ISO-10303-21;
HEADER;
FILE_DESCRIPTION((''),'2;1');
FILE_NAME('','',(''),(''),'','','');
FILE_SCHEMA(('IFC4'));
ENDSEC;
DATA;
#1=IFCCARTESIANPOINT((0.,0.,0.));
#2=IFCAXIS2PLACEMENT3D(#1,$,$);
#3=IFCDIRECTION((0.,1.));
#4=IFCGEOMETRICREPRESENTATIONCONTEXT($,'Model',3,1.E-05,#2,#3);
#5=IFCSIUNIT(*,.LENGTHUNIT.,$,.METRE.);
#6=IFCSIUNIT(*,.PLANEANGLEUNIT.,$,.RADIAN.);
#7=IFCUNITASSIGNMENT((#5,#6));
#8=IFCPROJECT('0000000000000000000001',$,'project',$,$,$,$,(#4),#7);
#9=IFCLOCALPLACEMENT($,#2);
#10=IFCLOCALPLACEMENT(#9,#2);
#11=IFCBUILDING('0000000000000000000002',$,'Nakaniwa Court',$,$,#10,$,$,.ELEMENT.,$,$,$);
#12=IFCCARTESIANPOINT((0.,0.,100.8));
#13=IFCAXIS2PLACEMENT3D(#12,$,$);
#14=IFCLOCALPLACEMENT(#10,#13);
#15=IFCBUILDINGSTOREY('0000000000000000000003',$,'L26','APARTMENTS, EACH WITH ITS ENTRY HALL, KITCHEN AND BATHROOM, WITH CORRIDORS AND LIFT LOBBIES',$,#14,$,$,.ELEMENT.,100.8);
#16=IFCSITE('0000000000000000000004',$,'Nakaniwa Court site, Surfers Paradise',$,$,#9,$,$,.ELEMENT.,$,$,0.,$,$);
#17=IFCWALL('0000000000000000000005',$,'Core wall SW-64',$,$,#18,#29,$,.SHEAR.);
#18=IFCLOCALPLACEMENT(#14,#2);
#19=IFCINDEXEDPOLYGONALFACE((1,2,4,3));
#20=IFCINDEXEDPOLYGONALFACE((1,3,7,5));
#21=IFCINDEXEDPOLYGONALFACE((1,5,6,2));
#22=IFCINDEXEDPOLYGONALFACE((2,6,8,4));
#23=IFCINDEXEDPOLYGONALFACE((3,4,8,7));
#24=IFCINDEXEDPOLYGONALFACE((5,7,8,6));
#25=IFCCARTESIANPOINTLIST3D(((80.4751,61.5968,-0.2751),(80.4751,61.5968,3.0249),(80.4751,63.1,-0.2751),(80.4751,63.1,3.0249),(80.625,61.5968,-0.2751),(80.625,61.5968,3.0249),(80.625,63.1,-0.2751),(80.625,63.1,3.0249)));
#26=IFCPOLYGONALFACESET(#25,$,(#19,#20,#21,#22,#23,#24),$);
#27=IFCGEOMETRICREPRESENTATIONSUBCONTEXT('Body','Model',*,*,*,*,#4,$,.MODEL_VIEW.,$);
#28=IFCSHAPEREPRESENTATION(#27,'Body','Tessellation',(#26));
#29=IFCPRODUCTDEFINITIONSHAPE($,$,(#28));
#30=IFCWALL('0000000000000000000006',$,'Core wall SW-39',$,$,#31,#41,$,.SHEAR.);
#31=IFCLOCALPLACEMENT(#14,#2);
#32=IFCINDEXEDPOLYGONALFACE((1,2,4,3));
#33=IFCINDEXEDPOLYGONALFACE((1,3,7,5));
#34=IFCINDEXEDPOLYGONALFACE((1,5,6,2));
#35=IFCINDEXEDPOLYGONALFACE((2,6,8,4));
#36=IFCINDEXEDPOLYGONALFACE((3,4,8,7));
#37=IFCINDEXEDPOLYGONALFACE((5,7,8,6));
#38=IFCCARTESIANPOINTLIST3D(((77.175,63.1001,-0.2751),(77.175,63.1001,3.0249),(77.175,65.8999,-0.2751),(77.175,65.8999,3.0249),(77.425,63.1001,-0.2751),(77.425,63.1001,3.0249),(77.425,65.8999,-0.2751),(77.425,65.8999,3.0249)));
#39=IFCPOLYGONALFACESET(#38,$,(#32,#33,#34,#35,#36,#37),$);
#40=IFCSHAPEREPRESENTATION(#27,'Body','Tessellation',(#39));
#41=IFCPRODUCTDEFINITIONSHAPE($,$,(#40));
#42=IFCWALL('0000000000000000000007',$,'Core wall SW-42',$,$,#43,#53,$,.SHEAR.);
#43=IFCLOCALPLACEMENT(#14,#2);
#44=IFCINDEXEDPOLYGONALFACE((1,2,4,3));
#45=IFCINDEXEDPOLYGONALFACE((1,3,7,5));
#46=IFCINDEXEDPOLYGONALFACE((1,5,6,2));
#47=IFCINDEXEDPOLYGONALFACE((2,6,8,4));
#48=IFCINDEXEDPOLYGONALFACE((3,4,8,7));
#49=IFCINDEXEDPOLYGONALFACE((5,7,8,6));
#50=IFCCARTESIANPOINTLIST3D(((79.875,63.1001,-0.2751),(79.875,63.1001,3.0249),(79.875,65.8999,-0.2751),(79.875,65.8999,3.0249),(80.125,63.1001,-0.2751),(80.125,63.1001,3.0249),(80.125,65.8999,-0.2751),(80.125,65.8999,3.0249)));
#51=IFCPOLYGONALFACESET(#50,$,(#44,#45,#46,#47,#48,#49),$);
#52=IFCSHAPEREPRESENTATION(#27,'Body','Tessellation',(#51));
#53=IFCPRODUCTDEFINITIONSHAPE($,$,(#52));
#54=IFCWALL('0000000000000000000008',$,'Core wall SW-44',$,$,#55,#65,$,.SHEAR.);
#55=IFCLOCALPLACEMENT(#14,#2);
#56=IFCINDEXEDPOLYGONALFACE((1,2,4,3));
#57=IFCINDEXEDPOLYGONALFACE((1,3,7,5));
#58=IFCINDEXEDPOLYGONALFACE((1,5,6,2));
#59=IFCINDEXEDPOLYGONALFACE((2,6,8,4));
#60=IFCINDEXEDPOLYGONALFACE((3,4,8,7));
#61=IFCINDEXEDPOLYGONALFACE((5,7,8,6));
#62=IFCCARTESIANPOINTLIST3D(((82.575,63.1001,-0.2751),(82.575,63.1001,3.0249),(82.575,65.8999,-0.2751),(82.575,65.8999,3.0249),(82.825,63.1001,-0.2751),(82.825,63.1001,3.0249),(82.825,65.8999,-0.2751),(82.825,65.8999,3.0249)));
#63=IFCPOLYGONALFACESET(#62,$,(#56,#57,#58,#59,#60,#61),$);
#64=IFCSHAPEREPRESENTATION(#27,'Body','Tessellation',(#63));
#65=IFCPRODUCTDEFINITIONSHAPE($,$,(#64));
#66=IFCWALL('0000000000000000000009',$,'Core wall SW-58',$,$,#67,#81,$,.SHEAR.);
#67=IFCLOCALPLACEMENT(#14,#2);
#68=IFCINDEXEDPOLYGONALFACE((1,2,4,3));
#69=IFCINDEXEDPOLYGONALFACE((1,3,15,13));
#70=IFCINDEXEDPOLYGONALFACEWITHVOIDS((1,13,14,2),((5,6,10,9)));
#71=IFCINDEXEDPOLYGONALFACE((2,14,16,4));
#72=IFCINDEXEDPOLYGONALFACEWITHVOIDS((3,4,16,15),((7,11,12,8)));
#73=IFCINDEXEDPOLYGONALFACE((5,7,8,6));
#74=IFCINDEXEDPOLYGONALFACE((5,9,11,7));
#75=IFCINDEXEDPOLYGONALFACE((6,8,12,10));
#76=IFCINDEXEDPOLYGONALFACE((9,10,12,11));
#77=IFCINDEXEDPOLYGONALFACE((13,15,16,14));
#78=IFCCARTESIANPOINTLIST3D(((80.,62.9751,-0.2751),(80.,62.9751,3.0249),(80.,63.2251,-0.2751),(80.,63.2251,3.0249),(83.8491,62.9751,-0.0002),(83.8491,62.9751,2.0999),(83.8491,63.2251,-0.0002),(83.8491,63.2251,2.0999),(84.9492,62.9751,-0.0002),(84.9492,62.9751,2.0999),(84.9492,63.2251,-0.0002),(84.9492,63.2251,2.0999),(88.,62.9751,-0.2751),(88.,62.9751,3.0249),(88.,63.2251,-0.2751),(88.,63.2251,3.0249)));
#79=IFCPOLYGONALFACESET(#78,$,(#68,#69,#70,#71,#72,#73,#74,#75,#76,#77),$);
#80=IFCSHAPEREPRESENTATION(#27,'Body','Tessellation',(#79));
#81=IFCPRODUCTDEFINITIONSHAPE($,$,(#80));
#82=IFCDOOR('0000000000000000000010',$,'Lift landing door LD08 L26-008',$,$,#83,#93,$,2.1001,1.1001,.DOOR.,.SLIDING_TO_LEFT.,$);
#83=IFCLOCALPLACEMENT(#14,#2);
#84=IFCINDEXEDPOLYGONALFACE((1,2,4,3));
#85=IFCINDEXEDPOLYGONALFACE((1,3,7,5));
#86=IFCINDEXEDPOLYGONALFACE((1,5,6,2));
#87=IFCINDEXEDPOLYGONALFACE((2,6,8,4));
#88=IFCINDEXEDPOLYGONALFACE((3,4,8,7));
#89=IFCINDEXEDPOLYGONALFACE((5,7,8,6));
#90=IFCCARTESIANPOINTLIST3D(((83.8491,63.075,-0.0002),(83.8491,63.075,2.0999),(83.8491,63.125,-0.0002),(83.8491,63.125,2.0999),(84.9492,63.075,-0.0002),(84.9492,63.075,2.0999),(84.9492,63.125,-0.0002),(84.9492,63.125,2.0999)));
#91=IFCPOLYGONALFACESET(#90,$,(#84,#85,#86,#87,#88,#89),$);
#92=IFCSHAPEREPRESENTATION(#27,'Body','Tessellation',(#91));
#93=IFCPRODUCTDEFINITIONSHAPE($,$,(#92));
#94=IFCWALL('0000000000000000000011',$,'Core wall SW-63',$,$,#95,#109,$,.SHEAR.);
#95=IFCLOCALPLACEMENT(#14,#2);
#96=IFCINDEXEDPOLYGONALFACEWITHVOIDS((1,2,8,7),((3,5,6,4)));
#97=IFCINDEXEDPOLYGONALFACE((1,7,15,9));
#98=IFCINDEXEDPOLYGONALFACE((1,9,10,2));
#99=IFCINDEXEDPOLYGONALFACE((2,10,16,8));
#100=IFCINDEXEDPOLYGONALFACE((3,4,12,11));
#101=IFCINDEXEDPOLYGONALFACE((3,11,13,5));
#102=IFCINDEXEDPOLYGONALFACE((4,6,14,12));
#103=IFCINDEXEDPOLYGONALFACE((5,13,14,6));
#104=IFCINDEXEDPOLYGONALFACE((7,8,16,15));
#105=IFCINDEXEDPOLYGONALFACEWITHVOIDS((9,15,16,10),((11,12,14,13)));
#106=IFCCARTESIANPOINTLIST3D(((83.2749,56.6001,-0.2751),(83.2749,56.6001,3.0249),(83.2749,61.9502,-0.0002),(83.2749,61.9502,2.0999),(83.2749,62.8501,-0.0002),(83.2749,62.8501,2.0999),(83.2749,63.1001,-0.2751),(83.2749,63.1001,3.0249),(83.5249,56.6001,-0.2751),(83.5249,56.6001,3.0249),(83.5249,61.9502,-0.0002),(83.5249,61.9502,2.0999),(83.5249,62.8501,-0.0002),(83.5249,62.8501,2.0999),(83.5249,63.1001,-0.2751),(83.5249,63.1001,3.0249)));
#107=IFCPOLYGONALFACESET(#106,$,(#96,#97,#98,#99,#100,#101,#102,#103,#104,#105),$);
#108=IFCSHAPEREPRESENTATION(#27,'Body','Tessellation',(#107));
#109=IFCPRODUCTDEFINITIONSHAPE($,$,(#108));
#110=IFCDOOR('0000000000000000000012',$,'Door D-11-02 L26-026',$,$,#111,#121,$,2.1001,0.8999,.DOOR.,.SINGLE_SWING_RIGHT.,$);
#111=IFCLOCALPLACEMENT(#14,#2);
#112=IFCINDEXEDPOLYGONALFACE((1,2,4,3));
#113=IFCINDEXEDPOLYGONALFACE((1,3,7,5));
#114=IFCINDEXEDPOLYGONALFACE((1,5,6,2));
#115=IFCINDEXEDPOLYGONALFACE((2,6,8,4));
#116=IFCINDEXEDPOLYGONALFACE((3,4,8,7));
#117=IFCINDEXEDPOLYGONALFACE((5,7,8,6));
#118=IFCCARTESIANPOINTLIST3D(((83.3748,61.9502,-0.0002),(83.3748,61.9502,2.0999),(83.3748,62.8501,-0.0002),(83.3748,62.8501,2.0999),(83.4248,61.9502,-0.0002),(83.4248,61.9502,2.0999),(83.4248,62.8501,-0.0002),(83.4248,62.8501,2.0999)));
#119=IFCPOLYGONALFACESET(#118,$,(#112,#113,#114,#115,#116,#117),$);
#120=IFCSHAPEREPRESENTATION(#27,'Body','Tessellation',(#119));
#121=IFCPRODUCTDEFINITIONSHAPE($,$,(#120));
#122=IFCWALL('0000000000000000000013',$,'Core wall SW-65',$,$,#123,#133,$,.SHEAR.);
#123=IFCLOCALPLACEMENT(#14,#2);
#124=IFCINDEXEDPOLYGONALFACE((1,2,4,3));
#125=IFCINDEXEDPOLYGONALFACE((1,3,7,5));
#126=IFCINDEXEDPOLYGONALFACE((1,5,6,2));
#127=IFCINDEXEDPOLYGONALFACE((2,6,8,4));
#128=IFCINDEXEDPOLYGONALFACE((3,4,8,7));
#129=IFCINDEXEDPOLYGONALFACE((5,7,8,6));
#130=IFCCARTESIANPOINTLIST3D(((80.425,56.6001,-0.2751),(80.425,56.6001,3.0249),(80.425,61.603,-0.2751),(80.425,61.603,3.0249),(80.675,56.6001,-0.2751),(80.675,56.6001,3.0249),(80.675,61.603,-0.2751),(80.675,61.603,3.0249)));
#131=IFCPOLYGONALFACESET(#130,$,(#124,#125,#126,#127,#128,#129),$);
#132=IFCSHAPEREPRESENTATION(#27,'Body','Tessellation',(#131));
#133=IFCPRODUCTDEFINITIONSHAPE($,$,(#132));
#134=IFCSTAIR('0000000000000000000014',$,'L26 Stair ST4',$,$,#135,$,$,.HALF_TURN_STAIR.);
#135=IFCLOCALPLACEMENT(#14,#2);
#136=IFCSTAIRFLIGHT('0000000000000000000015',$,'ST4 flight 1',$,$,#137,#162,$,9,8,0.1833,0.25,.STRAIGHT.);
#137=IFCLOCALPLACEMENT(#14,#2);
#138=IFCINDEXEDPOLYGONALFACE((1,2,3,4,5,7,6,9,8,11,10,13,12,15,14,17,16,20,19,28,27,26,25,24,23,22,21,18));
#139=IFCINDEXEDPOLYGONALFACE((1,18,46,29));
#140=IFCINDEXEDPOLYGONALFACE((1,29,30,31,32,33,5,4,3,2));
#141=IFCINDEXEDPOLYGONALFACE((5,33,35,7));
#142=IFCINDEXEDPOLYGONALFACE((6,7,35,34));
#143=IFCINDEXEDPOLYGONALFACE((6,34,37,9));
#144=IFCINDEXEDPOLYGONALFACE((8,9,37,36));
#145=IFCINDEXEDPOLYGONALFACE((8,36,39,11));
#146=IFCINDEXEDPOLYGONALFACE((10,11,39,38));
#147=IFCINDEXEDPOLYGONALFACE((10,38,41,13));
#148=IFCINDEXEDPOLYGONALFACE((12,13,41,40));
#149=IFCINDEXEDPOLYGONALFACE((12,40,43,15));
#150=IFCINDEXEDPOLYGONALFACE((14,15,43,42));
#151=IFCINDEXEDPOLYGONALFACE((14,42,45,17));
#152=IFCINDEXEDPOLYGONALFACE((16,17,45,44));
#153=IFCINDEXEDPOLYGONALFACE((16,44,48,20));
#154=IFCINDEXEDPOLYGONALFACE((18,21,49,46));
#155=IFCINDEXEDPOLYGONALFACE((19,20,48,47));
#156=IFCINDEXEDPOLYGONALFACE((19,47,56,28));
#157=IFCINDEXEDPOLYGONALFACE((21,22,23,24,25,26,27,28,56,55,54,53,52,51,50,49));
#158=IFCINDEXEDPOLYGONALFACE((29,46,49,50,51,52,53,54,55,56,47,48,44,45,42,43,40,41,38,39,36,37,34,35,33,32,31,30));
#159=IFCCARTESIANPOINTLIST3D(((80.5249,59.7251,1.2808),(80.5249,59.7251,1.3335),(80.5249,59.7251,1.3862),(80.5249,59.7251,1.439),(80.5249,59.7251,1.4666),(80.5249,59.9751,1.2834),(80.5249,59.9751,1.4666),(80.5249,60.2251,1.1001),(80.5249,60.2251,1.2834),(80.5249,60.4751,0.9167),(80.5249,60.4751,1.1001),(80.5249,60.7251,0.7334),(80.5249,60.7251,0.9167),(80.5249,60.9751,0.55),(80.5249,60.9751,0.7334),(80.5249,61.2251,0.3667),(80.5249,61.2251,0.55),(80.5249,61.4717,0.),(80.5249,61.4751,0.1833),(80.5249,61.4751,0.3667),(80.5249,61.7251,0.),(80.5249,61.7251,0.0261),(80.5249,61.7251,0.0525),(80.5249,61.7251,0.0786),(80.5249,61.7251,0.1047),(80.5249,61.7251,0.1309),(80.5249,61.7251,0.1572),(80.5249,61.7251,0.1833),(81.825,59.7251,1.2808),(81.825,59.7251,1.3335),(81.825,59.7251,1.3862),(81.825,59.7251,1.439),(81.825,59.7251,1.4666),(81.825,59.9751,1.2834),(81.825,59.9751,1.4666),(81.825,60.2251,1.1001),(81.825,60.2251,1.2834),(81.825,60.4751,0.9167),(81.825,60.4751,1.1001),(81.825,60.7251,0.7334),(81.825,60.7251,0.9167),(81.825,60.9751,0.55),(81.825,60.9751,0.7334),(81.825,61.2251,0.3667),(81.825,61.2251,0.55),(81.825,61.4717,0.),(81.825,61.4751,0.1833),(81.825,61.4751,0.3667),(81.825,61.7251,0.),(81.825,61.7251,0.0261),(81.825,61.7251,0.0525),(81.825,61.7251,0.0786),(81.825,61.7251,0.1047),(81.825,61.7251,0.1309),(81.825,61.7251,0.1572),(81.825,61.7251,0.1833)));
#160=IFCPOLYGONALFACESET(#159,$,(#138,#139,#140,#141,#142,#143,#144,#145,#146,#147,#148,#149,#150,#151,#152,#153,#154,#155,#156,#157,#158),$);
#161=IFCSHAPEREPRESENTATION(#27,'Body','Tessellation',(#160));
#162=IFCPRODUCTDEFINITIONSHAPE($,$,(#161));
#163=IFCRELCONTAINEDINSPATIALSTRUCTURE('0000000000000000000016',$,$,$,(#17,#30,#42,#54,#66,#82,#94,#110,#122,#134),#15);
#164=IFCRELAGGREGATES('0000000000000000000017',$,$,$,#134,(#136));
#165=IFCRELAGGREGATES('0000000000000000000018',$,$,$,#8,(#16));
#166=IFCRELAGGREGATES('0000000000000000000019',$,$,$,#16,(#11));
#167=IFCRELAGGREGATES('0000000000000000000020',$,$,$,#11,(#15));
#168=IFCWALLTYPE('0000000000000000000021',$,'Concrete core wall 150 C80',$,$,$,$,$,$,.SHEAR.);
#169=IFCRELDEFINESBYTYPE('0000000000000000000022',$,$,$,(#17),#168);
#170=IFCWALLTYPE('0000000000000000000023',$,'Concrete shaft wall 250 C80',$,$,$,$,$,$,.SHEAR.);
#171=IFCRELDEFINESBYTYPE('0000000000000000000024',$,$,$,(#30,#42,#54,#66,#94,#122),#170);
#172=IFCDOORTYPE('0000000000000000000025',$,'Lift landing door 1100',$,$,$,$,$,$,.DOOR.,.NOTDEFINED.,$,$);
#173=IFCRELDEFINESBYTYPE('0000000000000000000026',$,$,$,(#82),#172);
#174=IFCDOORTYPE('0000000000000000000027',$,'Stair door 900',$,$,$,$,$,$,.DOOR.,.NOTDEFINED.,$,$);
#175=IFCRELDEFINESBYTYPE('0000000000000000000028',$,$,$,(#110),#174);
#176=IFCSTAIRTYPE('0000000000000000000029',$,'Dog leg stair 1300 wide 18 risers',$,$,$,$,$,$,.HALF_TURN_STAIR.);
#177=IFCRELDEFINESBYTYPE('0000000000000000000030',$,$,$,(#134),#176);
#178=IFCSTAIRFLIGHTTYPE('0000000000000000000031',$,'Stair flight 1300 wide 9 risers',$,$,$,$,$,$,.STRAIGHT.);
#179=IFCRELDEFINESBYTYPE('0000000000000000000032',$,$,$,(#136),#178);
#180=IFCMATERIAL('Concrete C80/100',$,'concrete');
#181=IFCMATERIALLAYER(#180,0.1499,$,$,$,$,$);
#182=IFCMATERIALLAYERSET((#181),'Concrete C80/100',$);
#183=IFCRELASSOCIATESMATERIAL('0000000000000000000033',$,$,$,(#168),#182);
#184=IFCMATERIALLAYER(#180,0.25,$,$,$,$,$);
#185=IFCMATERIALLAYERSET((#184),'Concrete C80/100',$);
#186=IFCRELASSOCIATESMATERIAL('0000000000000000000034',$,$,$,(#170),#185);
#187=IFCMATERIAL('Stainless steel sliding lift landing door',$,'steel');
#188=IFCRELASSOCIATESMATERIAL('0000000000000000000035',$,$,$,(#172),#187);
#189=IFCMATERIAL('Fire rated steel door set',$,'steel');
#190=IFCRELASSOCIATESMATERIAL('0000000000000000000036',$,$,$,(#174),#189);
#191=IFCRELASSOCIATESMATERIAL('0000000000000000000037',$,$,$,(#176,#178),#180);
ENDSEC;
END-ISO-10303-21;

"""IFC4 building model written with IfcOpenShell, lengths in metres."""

from ifc_helpers import new_model, si_unit, direction, frame, frame_2d, origin, place, context, subcontext, project, spatial, polyline, rectangle, outline, extrude, material, layer, layer_set, type_object, element, fill, aggregate, save


model = new_model("IFC4")

# Units and contexts
model_context = context("Model", 3, precision=1e-05, world=origin(), true_north=direction((0.0, 1.0)))
body_context = subcontext(model_context, "Body", "Model", "MODEL_VIEW")
ifc_project = project(units=[si_unit("LENGTHUNIT", "METRE"), si_unit("PLANEANGLEUNIT", "RADIAN")], contexts=[model_context])

# Site, building, storey
site_placement = place(None, origin())
site = spatial("IfcSite", under=ifc_project, at=site_placement, Name="Nakaniwa Court site, Surfers Paradise", CompositionType="ELEMENT", RefElevation=0.0)
building_placement = place(site_placement, origin())
building = spatial("IfcBuilding", under=site, at=building_placement, Name="Nakaniwa Court", CompositionType="ELEMENT")
storey_placement = place(building_placement, frame((0.0, 0.0, 100.8)))
storey = spatial("IfcBuildingStorey", under=building, at=storey_placement, Name="L26", Description="APARTMENTS, EACH WITH ITS ENTRY HALL, KITCHEN AND BATHROOM, WITH CORRIDORS AND LIFT LOBBIES", CompositionType="ELEMENT", Elevation=100.8)

# Shared definitions
ifc_material_1 = material(Name="Concrete C80/100", Category="concrete")

# Shared definitions
ifc_material_2 = material(Name="Fire rated steel door set", Category="steel")

# Walls
ifc_layer_1 = layer(ifc_material_1, 0.1499)
ifc_layer_set_1 = layer_set([ifc_layer_1], Name="Concrete C80/100")
wall_type_1 = type_object("IfcWallType", Name="Concrete core wall 150 C80", PredefinedType="SHEAR", material=ifc_layer_set_1)
wall_1_placement = place(storey_placement, frame((80.55, 61.5969, -0.2751), z_axis=(0.0, 0.0, 1.0), x_axis=(0.0, 1.0, 0.0)))
element("IfcWall", 1, at=wall_1_placement, inside=storey, type_object=wall_type_1, Name="Core wall SW-64", PredefinedType="SHEAR", context=body_context, shape_type="SweptSolid", body=[
    extrude(rectangle(XDim=1.5032, YDim=0.1499, at=frame_2d((0.7515, 0.0))), origin(), (0.0, 0.0, 1.0), 3.3),
])
ifc_layer_2 = layer(ifc_material_1, 0.25)
ifc_layer_set_2 = layer_set([ifc_layer_2], Name="Concrete C80/100")
wall_type_2 = type_object("IfcWallType", Name="Concrete shaft wall 250 C80", PredefinedType="SHEAR", material=ifc_layer_set_2)
for number, where, z_axis, x_axis, name in (
    (2, (77.3, 63.1001, -0.2751), (0.0, 0.0, 1.0), (0.0, 1.0, 0.0), "Core wall SW-39"),
    (3, (80.0, 63.1001, -0.2751), (0.0, 0.0, 1.0), (0.0, 1.0, 0.0), "Core wall SW-42"),
    (4, (82.7, 63.1001, -0.2751), (0.0, 0.0, 1.0), (0.0, 1.0, 0.0), "Core wall SW-44"),
):
    element("IfcWall", number, at=place(storey_placement, frame(where, z_axis=z_axis, x_axis=x_axis)), inside=storey, type_object=wall_type_2, Name=name, PredefinedType="SHEAR", context=body_context, shape_type="SweptSolid", body=[
        extrude(rectangle(XDim=2.7998, YDim=0.25, at=frame_2d((1.3999, 0.0))), origin(), (0.0, 0.0, 1.0), 3.3),
    ])

# Walls, openings, doors
wall_2_placement = place(storey_placement, frame((80.0, 63.1001, -0.2751), z_axis=(0.0, 0.0, 1.0), x_axis=(1.0, 0.0, 0.0)))
wall_2 = element("IfcWall", 5, at=wall_2_placement, inside=storey, type_object=wall_type_2, Name="Core wall SW-58", PredefinedType="SHEAR", context=body_context, shape_type="SweptSolid", body=[
    extrude(rectangle(XDim=8.0, YDim=0.25, at=frame_2d((4.0, 0.0))), origin(), (0.0, 0.0, 1.0), 3.3),
])
opening_1_placement = place(wall_2_placement, frame((3.8491, 0.0, 0.2749)))
opening_1 = element("IfcOpeningElement", 6, at=opening_1_placement, cuts=wall_2, PredefinedType="OPENING", context=body_context, shape_type="SweptSolid", body=[
    extrude(rectangle(XDim=1.1001, YDim=2.1001, at=frame_2d((0.55, 1.05))), frame((0.0, 0.135, 0.0), z_axis=(0.0, -1.0, 0.0), x_axis=(1.0, 0.0, 0.0)), (0.0, 0.0, 1.0), 0.27),
])
ifc_material_3 = material(Name="Stainless steel sliding lift landing door", Category="steel")
door_type_1 = type_object("IfcDoorType", Name="Lift landing door 1100", OperationType="NOTDEFINED", PredefinedType="DOOR", material=ifc_material_3)
door_1_placement = place(opening_1_placement, origin())
door_1 = element("IfcDoor", 7, at=door_1_placement, inside=storey, type_object=door_type_1, Name="Lift landing door LD08 L26-008", OperationType="SLIDING_TO_LEFT", OverallHeight=2.1001, OverallWidth=1.1001, PredefinedType="DOOR", context=body_context, shape_type="SweptSolid", body=[
    extrude(rectangle(XDim=1.1001, YDim=2.1001, at=frame_2d((0.55, 1.05))), frame((0.0, 0.0249, 0.0), z_axis=(0.0, -1.0, 0.0), x_axis=(1.0, 0.0, 0.0)), (0.0, 0.0, 1.0), 0.05),
])
fill(opening_1, door_1)
wall_3_placement = place(storey_placement, frame((83.3999, 63.1001, -0.2751), z_axis=(0.0, 0.0, 1.0), x_axis=(0.0, -1.0, 0.0)))
wall_3 = element("IfcWall", 8, at=wall_3_placement, inside=storey, type_object=wall_type_2, Name="Core wall SW-63", PredefinedType="SHEAR", context=body_context, shape_type="SweptSolid", body=[
    extrude(rectangle(XDim=6.5, YDim=0.25, at=frame_2d((3.25, 0.0))), origin(), (0.0, 0.0, 1.0), 3.3),
])
opening_2_placement = place(wall_3_placement, frame((0.25, 0.0, 0.2749)))
opening_2 = element("IfcOpeningElement", 9, at=opening_2_placement, cuts=wall_3, PredefinedType="OPENING", context=body_context, shape_type="SweptSolid", body=[
    extrude(rectangle(XDim=0.8999, YDim=2.1001, at=frame_2d((0.45, 1.05))), frame((0.0, 0.135, 0.0), z_axis=(0.0, -1.0, 0.0), x_axis=(1.0, 0.0, 0.0)), (0.0, 0.0, 1.0), 0.27),
])
door_type_2 = type_object("IfcDoorType", Name="Stair door 900", OperationType="NOTDEFINED", PredefinedType="DOOR", material=ifc_material_2)
door_2_placement = place(opening_2_placement, origin())
door_2 = element("IfcDoor", 10, at=door_2_placement, inside=storey, type_object=door_type_2, Name="Door D-11-02 L26-026", OperationType="SINGLE_SWING_RIGHT", OverallHeight=2.1001, OverallWidth=0.8999, PredefinedType="DOOR", context=body_context, shape_type="SweptSolid", body=[
    extrude(rectangle(XDim=0.8999, YDim=2.1001, at=frame_2d((0.45, 1.05))), frame((0.0, 0.0249, 0.0), z_axis=(0.0, -1.0, 0.0), x_axis=(1.0, 0.0, 0.0)), (0.0, 0.0, 1.0), 0.05),
])
fill(opening_2, door_2)

# Wall
wall_4_placement = place(storey_placement, frame((80.55, 56.6001, -0.2751), z_axis=(0.0, 0.0, 1.0), x_axis=(0.0, 1.0, 0.0)))
element("IfcWall", 11, at=wall_4_placement, inside=storey, type_object=wall_type_2, Name="Core wall SW-65", PredefinedType="SHEAR", context=body_context, shape_type="SweptSolid", body=[
    extrude(rectangle(XDim=5.0029, YDim=0.25, at=frame_2d((2.5015, 0.0))), origin(), (0.0, 0.0, 1.0), 3.3),
])

# Stair, stair flight
stair_type = type_object("IfcStairType", Name="Dog leg stair 1300 wide 18 risers", PredefinedType="HALF_TURN_STAIR", material=ifc_material_1)
stair_placement = place(storey_placement, origin())
stair = element("IfcStair", 12, at=stair_placement, inside=storey, type_object=stair_type, Name="L26 Stair ST4", PredefinedType="HALF_TURN_STAIR")
stair_flight_type = type_object("IfcStairFlightType", Name="Stair flight 1300 wide 9 risers", PredefinedType="STRAIGHT", material=ifc_material_1)
stair_flight_1_placement = place(storey_placement, frame((81.175, 61.7251, 0.0), z_axis=(0.0, 0.0, 1.0), x_axis=(0.0, -1.0, 0.0)))
stair_flight_1 = element("IfcStairFlight", 13, at=stair_flight_1_placement, type_object=stair_flight_type, Name="ST4 flight 1", NumberOfRisers=9, NumberOfTreads=8, PredefinedType="STRAIGHT", RiserHeight=0.1833, TreadLength=0.25, context=body_context, shape_type="SweptSolid", body=[
    extrude(outline(polyline([(0.0, 0.0), (0.0, 0.0261), (0.0, 0.0525), (0.0, 0.0786), (0.0, 0.1047), (0.0, 0.1309), (0.0, 0.1572), (0.0, 0.1833), (0.25, 0.1833), (0.25, 0.3667), (0.5, 0.3667), (0.5, 0.55), (0.75, 0.55), (0.75, 0.7334), (1.0, 0.7334), (1.0, 0.9167), (1.25, 0.9167), (1.25, 1.1001), (1.5, 1.1001), (1.5, 1.2834), (1.75, 1.2834), (1.75, 1.4666), (2.0, 1.4666), (2.0, 1.6499), (2.0, 1.5972), (2.0, 1.5444), (2.0, 1.4917), (2.0, 1.439), (2.0, 1.3862), (2.0, 1.3335), (2.0, 1.2808), (0.2534, 0.0), (0.0, 0.0)])), frame((0.0, 0.6499, 0.0), z_axis=(0.0, -1.0, 0.0), x_axis=(1.0, 0.0, 0.0)), (0.0, 0.0, 1.0), 1.3),
])
aggregate(stair, [stair_flight_1])

save(model, "model.ifc")
